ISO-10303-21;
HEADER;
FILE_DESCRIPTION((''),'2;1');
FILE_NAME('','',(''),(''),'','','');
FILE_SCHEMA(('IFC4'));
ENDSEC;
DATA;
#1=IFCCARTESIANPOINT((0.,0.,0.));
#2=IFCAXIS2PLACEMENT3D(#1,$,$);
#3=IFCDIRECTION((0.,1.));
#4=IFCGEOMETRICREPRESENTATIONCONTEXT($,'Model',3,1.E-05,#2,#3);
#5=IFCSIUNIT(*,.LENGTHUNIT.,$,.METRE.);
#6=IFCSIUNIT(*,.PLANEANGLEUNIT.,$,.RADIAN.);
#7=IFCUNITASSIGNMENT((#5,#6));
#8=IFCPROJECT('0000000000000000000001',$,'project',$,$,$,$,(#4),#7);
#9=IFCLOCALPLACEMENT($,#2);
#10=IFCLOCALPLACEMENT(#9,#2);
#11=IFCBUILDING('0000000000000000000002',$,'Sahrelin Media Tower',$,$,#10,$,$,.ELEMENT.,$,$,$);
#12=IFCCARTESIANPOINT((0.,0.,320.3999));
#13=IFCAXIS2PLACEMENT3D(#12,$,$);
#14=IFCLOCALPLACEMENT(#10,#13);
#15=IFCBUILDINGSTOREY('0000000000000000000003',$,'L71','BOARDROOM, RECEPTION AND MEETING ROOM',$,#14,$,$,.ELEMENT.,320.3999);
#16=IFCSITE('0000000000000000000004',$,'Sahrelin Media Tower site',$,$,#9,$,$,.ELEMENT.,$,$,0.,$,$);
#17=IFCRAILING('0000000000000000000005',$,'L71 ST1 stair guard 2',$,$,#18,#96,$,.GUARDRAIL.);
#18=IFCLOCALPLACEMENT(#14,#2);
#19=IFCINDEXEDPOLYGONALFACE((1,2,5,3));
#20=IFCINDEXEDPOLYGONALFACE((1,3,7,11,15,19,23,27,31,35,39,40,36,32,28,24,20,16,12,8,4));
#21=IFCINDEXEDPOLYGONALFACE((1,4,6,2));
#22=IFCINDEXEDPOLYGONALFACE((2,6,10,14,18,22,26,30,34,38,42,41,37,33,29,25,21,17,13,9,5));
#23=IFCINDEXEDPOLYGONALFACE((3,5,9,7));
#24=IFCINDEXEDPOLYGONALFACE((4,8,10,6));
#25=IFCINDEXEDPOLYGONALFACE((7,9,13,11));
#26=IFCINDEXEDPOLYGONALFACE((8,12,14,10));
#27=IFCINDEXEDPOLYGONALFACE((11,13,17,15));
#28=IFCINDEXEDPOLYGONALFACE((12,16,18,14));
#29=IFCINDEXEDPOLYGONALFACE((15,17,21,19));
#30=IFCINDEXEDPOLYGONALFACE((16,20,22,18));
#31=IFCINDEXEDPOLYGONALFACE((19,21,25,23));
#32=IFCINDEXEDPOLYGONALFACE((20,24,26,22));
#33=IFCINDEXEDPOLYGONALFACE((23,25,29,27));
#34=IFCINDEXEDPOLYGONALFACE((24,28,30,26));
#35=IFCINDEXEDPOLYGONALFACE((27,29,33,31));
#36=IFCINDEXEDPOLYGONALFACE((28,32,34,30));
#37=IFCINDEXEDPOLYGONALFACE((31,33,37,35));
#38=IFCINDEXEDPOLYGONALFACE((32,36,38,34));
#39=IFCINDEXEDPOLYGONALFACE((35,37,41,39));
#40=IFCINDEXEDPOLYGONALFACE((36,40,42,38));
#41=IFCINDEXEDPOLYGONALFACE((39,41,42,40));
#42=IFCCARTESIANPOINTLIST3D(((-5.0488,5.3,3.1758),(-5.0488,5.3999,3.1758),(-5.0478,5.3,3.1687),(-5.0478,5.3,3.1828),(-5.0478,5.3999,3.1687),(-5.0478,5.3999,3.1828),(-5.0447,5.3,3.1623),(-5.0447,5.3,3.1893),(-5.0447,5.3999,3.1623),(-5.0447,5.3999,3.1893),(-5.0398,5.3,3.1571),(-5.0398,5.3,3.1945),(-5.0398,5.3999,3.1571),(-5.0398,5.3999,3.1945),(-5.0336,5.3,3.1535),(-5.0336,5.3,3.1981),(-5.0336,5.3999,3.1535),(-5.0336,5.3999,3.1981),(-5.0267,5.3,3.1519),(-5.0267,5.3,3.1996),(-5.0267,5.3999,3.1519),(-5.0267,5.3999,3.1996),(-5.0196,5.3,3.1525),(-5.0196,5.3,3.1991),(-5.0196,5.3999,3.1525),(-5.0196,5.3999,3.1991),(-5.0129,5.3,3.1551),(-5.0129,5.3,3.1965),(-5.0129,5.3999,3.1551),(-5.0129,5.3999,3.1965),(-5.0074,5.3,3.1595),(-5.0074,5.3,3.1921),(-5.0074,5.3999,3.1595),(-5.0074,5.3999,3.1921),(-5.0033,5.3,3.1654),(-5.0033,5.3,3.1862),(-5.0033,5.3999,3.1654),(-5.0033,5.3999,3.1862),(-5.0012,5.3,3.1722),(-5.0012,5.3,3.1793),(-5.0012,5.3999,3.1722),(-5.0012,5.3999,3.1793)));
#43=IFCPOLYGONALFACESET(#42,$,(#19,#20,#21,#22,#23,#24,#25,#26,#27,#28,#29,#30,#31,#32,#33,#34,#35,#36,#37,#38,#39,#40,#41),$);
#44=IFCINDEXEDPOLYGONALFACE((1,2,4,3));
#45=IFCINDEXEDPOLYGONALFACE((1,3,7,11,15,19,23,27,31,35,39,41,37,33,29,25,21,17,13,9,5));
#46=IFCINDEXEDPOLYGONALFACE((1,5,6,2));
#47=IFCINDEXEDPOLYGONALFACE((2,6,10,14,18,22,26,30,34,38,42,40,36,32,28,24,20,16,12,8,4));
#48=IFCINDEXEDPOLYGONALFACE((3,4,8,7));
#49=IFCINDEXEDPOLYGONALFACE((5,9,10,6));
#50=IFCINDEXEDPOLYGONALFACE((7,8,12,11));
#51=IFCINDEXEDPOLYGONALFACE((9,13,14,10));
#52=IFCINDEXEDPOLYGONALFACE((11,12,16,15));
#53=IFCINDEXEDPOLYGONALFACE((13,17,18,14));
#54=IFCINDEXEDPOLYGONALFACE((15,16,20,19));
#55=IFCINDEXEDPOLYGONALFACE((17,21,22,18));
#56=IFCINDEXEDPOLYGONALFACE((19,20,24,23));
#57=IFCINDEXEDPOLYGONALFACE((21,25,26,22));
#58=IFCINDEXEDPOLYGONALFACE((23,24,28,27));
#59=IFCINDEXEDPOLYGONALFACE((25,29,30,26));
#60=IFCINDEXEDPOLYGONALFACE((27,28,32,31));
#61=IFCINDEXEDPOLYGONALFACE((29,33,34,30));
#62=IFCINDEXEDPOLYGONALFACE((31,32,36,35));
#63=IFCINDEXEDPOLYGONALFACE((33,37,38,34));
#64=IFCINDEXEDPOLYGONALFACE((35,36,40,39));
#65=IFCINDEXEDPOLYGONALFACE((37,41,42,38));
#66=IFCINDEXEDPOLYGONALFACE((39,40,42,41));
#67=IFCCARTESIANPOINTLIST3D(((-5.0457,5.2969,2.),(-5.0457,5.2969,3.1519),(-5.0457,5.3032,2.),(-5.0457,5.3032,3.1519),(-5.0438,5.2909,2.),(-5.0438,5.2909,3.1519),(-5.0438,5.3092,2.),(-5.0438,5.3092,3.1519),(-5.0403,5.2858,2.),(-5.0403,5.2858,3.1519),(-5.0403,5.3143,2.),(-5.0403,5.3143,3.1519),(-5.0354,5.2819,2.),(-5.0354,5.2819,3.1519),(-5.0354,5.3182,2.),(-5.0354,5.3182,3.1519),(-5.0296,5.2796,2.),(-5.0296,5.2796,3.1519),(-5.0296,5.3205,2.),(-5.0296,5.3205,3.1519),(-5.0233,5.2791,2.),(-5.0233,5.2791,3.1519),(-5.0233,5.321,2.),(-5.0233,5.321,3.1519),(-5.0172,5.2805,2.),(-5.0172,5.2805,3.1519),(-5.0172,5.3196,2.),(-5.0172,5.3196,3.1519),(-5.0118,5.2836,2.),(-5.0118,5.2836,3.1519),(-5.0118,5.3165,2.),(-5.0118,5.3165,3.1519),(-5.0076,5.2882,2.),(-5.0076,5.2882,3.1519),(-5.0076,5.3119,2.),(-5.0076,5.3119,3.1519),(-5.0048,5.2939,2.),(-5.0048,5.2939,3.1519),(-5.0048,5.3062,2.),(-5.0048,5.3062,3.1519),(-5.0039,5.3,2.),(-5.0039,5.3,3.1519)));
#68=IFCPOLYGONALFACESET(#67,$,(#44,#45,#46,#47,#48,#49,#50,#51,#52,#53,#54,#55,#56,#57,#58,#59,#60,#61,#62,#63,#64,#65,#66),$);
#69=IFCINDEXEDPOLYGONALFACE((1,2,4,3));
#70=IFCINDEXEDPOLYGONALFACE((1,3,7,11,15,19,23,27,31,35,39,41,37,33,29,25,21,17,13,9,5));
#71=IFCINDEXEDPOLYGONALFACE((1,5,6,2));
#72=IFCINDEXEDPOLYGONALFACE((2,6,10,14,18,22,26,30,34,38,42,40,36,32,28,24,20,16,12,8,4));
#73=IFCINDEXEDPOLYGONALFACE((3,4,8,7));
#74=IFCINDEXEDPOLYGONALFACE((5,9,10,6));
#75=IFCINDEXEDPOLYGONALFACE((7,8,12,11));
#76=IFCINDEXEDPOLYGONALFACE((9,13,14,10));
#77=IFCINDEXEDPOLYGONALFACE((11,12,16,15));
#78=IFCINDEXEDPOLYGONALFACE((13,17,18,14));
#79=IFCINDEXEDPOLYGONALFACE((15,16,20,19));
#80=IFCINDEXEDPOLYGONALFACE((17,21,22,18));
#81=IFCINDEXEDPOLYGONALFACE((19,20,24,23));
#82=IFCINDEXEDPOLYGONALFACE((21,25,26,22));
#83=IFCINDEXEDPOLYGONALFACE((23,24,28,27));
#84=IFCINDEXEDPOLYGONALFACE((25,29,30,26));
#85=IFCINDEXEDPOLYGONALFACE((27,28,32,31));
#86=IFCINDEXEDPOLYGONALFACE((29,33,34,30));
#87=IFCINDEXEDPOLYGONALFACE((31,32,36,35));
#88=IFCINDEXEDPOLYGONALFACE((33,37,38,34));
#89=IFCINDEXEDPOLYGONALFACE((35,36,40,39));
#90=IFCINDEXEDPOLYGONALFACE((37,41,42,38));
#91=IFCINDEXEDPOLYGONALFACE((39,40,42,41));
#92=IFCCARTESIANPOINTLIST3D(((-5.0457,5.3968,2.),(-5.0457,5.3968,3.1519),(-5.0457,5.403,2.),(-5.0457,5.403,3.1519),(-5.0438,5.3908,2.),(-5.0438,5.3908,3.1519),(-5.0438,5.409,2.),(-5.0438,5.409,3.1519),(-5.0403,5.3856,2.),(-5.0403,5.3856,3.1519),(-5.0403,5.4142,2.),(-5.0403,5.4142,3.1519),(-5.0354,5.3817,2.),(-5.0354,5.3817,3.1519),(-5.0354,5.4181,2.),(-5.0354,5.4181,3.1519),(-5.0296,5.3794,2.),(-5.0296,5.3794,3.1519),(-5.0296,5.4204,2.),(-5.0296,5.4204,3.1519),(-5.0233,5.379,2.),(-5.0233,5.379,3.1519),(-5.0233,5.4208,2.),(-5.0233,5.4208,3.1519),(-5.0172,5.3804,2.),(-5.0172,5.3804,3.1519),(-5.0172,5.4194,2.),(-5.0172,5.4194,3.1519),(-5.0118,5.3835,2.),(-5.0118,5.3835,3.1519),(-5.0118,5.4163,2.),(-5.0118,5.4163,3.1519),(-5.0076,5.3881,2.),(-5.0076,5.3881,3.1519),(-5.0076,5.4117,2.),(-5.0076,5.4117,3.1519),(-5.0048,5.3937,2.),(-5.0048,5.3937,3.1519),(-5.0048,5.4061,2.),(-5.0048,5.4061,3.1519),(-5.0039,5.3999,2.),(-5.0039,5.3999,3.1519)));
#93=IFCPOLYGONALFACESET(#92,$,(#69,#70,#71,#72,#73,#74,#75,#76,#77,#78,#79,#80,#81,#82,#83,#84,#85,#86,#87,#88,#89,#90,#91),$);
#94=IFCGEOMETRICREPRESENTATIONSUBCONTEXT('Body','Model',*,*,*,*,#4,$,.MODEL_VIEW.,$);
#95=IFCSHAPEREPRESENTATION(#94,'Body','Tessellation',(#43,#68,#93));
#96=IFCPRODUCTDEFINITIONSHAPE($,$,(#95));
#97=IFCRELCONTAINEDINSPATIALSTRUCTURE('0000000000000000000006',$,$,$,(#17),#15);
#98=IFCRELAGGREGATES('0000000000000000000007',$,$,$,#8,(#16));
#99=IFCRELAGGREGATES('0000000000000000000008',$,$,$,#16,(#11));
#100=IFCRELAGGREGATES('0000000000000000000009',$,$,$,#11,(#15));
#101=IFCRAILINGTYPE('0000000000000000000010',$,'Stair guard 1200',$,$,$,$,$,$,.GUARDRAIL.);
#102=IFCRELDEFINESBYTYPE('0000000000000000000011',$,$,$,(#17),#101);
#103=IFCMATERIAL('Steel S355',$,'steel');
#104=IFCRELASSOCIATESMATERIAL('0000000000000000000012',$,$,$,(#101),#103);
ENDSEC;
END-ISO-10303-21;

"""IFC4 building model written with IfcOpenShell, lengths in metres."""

from ifc_helpers import new_model, si_unit, direction, frame, origin, origin_2d, place, context, subcontext, project, spatial, circle, extrude, material, type_object, element, save


model = new_model("IFC4")

# Units and contexts
model_context = context("Model", 3, precision=1e-05, world=origin(), true_north=direction((0.0, 1.0)))
body_context = subcontext(model_context, "Body", "Model", "MODEL_VIEW")
ifc_project = project(units=[si_unit("LENGTHUNIT", "METRE"), si_unit("PLANEANGLEUNIT", "RADIAN")], contexts=[model_context])

# Site, building, storey
site_placement = place(None, origin())
site = spatial("IfcSite", under=ifc_project, at=site_placement, Name="Sahrelin Media Tower site", CompositionType="ELEMENT", RefElevation=0.0)
building_placement = place(site_placement, origin())
building = spatial("IfcBuilding", under=site, at=building_placement, Name="Sahrelin Media Tower", CompositionType="ELEMENT")
storey_placement = place(building_placement, frame((0.0, 0.0, 320.3999)))
storey = spatial("IfcBuildingStorey", under=building, at=storey_placement, Name="L71", Description="BOARDROOM, RECEPTION AND MEETING ROOM", CompositionType="ELEMENT", Elevation=320.3999)

# Shared definitions
ifc_material_1 = material(Name="Steel S355", Category="steel")

# Railing
railing_type_1 = type_object("IfcRailingType", Name="Stair guard 1200", PredefinedType="GUARDRAIL", material=ifc_material_1)
railing_1_placement = place(storey_placement, frame((-5.0249, 5.3, 2.0)))
element("IfcRailing", 1, at=railing_1_placement, inside=storey, type_object=railing_type_1, Name="L71 ST1 stair guard 2", PredefinedType="GUARDRAIL", context=body_context, shape_type="SweptSolid", body=[
    extrude(circle(Radius=0.0239, at=origin_2d()), frame((0.0, 0.0, 1.1758), z_axis=(0.0, 1.0, 0.0), x_axis=(-1.0, 0.0, 0.0)), (0.0, 0.0, 1.0), 0.0999),
    extrude(circle(Radius=0.021, at=origin_2d()), origin(), (0.0, 0.0, 1.0), 1.1519),
    extrude(circle(Radius=0.021, at=origin_2d()), frame((0.0, 0.0999, 0.0)), (0.0, 0.0, 1.0), 1.1519),
])

save(model, "model.ifc")
